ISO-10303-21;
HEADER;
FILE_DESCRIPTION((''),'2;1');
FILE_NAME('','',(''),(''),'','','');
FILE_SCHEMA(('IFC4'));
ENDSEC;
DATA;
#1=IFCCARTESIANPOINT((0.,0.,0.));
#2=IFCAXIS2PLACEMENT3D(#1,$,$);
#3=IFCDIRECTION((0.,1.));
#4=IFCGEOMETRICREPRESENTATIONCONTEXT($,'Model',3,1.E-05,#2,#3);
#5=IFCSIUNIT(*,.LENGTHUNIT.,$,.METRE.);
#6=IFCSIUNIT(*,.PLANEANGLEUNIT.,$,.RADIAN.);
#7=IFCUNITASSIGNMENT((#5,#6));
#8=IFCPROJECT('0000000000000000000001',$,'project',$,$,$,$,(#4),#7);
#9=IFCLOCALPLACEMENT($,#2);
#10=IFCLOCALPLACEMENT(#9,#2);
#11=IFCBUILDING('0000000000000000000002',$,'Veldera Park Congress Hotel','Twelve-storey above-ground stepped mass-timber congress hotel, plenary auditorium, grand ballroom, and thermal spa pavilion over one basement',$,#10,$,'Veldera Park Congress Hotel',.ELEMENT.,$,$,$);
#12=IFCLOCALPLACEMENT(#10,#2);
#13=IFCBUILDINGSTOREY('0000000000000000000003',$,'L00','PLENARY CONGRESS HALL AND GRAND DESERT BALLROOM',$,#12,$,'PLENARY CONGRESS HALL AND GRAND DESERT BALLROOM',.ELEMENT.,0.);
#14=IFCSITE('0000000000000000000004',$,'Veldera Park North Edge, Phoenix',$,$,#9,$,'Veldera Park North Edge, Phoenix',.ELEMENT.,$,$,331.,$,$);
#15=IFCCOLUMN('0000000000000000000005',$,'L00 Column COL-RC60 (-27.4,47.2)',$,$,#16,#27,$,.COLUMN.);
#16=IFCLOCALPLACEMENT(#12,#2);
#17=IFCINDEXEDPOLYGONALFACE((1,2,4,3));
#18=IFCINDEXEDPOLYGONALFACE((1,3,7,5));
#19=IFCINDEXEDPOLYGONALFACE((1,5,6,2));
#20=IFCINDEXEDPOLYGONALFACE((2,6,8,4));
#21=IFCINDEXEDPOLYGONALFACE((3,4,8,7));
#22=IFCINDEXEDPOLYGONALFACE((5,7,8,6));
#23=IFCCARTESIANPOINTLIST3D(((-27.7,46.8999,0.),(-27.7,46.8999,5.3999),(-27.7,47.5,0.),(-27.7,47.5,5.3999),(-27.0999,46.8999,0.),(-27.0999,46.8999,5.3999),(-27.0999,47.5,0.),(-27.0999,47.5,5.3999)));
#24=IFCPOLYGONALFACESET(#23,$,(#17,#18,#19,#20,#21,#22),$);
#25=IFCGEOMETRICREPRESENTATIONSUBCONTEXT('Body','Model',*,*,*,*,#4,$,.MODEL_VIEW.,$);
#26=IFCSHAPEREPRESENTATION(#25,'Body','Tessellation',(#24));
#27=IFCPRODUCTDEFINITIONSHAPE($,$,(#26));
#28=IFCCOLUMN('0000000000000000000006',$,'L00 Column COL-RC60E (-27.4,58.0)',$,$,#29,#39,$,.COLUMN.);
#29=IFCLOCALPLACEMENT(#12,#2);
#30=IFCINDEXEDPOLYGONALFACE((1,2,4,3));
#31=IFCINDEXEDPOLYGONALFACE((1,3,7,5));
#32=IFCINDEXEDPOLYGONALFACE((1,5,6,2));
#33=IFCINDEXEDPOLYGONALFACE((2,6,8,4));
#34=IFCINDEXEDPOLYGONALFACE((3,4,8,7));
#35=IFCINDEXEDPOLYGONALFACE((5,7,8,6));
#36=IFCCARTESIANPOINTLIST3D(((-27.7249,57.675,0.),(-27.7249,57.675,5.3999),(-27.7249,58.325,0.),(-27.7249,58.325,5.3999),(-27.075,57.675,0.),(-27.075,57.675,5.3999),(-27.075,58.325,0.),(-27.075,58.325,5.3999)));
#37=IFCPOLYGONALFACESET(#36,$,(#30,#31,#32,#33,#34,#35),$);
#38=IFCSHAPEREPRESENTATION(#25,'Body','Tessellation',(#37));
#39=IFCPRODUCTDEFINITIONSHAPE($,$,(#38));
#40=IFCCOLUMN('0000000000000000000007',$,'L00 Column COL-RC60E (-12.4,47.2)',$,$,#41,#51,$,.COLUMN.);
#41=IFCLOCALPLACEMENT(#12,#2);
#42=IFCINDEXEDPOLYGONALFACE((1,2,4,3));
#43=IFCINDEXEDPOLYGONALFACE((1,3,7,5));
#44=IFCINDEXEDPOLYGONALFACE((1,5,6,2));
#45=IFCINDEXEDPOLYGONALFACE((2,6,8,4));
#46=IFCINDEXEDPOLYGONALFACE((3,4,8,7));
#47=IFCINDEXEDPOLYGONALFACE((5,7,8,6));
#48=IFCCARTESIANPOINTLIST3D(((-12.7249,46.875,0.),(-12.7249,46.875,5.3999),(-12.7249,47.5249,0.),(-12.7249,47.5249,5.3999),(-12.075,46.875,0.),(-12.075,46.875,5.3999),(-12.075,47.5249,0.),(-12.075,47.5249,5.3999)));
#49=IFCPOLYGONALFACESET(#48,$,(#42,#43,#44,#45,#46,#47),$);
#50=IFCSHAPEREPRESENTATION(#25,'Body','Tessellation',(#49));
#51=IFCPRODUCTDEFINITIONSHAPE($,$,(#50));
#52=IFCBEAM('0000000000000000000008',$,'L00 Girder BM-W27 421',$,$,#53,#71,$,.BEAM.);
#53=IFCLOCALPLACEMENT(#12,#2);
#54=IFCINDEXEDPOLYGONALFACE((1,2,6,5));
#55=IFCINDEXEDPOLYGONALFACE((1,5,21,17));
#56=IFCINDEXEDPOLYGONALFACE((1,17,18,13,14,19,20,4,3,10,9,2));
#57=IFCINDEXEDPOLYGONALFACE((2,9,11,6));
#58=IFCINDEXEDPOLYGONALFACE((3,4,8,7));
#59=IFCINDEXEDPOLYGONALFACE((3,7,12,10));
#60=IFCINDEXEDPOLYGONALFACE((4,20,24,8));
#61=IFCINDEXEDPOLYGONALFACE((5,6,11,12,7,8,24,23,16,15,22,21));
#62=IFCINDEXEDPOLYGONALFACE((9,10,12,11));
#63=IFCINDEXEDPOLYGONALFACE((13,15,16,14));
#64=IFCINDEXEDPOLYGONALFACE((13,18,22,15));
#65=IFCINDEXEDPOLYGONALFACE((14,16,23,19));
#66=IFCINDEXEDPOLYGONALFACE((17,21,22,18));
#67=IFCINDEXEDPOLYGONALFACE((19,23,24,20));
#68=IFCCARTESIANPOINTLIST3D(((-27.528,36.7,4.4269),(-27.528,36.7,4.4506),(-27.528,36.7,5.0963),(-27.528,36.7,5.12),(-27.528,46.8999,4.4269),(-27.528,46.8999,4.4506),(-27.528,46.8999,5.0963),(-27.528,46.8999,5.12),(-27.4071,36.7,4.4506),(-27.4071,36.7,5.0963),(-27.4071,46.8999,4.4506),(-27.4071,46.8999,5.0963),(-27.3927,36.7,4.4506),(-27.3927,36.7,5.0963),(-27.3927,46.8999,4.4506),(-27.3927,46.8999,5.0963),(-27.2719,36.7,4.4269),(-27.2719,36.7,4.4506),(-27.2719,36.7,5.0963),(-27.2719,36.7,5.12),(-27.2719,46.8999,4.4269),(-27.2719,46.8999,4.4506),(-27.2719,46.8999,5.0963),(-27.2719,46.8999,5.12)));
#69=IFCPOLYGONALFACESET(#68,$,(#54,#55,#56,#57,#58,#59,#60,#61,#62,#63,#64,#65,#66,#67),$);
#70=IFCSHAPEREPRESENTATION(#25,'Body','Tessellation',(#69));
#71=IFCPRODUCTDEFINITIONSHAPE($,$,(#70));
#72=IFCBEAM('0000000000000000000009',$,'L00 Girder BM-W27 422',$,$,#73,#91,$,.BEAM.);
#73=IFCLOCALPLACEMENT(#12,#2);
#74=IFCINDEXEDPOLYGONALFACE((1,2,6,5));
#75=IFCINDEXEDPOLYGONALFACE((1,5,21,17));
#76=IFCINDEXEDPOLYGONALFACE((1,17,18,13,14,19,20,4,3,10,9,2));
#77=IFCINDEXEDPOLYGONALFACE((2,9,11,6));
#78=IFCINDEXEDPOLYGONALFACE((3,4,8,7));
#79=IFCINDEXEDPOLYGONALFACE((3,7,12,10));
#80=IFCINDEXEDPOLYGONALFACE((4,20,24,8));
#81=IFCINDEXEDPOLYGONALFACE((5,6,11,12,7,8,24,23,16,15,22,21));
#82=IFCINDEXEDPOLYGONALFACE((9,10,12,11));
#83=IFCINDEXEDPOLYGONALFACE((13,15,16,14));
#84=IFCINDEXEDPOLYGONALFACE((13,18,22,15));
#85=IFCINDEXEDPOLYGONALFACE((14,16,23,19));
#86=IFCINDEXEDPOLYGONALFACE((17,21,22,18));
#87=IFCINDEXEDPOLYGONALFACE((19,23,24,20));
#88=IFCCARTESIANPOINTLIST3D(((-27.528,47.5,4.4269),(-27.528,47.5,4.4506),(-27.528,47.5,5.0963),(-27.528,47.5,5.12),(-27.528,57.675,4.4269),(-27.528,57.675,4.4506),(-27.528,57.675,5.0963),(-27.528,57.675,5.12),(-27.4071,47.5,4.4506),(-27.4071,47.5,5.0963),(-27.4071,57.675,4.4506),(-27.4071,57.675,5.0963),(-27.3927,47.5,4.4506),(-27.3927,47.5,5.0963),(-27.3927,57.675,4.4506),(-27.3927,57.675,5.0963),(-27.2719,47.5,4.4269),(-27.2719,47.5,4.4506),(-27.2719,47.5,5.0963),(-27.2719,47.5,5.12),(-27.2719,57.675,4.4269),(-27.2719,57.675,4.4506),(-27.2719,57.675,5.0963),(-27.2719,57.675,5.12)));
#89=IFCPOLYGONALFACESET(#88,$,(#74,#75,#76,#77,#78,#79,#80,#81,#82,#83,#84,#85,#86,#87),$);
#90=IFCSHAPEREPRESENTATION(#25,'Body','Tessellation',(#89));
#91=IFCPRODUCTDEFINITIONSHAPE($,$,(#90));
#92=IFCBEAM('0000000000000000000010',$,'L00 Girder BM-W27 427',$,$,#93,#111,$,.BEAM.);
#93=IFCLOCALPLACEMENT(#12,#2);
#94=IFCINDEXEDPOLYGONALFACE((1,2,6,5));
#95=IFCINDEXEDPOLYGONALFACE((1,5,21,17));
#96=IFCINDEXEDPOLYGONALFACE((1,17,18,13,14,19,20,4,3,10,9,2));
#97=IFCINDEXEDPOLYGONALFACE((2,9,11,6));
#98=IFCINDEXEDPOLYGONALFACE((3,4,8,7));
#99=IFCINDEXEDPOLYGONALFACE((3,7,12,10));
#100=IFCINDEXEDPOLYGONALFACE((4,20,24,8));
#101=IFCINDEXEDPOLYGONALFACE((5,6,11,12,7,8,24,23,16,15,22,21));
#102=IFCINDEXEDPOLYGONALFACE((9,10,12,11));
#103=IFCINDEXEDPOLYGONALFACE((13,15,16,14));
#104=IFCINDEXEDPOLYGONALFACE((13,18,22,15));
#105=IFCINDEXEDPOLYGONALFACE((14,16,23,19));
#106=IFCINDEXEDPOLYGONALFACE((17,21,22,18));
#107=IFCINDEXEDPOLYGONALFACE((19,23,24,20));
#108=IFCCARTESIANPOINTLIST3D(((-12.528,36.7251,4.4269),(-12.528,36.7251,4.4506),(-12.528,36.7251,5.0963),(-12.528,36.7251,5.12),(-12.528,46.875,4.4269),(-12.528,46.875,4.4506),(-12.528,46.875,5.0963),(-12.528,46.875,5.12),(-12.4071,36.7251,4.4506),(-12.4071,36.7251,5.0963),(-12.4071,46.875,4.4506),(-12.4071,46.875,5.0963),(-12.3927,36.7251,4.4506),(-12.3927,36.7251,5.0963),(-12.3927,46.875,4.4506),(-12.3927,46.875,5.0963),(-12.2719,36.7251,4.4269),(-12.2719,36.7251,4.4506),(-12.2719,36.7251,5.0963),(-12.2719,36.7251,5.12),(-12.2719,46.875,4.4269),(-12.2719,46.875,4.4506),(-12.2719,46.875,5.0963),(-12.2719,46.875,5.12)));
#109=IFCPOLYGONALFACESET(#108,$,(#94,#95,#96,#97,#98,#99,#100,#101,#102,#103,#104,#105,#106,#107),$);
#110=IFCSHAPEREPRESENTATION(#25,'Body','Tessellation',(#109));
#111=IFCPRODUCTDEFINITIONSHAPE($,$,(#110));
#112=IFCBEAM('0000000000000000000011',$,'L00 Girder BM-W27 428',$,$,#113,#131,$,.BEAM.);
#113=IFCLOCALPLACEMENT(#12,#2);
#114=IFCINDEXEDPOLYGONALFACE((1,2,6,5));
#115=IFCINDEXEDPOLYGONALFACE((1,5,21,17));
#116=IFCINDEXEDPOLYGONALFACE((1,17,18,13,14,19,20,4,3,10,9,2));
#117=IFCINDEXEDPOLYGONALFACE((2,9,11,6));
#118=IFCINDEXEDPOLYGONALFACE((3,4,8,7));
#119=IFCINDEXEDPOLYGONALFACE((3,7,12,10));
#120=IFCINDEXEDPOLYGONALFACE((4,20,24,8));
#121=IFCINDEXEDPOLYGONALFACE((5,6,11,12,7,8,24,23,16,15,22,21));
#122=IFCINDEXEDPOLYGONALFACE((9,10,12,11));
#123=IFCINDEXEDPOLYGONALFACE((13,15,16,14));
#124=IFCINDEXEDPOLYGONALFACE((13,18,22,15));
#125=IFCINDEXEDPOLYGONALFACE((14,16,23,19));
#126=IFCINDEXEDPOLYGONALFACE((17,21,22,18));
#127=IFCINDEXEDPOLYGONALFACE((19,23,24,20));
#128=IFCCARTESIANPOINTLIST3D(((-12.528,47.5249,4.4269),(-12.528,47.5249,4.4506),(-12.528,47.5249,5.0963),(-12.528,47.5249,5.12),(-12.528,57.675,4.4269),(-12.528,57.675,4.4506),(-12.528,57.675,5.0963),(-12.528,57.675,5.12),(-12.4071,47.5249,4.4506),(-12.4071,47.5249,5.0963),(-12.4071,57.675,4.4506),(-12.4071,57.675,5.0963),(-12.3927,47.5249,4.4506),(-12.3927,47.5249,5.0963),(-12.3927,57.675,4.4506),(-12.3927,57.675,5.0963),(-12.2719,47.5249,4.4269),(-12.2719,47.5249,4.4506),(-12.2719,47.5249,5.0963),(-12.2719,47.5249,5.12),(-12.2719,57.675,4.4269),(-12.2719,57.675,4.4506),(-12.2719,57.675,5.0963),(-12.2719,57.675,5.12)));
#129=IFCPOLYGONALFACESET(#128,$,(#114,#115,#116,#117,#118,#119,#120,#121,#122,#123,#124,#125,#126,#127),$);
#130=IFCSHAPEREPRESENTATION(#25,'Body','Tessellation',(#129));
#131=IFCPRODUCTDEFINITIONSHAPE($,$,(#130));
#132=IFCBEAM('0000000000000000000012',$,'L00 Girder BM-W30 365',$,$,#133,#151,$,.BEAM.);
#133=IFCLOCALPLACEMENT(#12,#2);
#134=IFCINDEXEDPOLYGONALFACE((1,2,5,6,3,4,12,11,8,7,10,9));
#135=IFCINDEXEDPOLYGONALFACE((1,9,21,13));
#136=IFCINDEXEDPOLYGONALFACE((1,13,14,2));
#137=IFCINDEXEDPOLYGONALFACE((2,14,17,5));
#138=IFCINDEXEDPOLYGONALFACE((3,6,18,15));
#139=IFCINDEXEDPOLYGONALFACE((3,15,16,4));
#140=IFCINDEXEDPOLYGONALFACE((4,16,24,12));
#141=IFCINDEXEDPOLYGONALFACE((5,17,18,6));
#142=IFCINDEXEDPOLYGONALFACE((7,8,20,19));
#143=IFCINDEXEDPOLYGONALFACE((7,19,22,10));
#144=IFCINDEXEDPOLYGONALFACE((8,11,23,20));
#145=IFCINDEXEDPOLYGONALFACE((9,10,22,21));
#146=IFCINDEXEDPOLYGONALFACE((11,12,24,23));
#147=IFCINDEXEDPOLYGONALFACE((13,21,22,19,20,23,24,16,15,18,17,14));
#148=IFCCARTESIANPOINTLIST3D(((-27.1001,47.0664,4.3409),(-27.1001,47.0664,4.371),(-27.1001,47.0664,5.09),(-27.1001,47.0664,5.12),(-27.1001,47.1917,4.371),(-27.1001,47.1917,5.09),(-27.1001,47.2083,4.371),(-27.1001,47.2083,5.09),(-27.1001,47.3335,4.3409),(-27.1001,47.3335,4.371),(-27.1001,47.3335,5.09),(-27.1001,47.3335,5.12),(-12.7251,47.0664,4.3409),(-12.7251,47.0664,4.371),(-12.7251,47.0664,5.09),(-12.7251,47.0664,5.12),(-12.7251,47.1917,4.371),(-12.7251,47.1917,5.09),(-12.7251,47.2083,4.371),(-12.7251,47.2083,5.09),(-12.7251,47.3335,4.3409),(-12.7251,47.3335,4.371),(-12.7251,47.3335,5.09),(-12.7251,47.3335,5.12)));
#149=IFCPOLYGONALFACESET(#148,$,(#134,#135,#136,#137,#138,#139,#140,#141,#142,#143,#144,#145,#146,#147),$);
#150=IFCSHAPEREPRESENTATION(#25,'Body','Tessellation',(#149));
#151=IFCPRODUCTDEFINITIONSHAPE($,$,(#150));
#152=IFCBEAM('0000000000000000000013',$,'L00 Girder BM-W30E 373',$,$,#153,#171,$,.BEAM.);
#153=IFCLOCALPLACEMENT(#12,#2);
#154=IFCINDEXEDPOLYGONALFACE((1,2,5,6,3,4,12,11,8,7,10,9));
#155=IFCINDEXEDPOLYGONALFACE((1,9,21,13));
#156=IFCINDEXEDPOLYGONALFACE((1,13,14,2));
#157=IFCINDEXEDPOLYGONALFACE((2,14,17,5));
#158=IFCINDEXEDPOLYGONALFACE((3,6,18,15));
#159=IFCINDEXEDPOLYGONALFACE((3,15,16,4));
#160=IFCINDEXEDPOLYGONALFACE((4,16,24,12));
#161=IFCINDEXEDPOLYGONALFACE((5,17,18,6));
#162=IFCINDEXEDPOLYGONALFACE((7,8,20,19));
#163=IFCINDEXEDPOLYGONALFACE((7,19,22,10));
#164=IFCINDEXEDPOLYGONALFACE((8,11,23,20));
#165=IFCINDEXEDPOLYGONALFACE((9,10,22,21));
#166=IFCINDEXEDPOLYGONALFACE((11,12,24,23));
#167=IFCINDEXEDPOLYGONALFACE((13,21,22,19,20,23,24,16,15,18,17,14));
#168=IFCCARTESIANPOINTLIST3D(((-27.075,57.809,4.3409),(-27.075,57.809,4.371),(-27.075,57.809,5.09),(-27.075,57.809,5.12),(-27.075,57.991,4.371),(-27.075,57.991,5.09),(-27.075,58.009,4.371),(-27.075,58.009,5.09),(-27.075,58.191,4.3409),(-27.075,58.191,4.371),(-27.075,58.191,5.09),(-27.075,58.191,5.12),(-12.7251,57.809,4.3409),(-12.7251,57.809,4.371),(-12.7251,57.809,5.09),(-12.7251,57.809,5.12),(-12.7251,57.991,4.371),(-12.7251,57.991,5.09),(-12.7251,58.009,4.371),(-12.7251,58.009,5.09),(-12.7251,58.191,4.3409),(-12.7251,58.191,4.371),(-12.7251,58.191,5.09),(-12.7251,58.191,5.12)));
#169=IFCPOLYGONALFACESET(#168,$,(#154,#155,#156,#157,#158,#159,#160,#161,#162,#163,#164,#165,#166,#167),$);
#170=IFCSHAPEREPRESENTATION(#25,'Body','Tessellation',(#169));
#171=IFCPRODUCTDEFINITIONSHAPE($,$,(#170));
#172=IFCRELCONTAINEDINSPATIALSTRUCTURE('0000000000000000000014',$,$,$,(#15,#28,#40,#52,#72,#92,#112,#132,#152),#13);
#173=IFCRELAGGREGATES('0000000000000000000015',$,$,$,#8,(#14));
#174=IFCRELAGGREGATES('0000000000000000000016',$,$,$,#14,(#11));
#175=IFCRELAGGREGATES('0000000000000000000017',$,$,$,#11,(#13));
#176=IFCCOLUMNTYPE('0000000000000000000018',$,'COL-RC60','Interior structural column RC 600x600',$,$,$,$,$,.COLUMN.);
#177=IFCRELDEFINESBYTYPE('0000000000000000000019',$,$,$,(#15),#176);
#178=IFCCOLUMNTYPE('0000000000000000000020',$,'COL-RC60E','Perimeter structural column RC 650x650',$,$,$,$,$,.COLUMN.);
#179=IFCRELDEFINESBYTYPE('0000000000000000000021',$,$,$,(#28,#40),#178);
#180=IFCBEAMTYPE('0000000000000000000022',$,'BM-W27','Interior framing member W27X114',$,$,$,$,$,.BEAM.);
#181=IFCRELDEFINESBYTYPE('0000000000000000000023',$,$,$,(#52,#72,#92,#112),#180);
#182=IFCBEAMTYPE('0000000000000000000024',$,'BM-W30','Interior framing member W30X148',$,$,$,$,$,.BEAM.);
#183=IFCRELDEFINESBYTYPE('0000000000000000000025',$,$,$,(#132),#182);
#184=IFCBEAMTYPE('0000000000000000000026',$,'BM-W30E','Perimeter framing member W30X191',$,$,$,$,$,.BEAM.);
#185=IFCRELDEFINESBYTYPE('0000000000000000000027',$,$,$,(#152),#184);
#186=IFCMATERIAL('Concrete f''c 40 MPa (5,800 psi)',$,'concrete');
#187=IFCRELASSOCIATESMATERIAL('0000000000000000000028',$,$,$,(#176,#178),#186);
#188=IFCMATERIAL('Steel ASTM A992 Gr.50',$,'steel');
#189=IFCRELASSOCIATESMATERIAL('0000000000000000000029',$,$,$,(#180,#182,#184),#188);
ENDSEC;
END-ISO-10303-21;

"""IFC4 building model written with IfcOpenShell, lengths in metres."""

from ifc_helpers import new_model, si_unit, direction, frame, origin, origin_2d, place, context, subcontext, project, spatial, rectangle, i_section, extrude, material, material_profile, profile_set, type_object, element, save


model = new_model("IFC4")

# Units and contexts
model_context = context("Model", 3, precision=1e-05, world=origin(), true_north=direction((0.0, 1.0)))
body_context = subcontext(model_context, "Body", "Model", "MODEL_VIEW")
ifc_project = project(units=[si_unit("LENGTHUNIT", "METRE"), si_unit("PLANEANGLEUNIT", "RADIAN")], contexts=[model_context])

# Site, building, storey
site_placement = place(None, origin())
site = spatial("IfcSite", under=ifc_project, at=site_placement, Name="Veldera Park North Edge, Phoenix", LongName="Veldera Park North Edge, Phoenix", CompositionType="ELEMENT", RefElevation=331.0)
building_placement = place(site_placement, origin())
building = spatial("IfcBuilding", under=site, at=building_placement, Name="Veldera Park Congress Hotel", Description="Twelve-storey above-ground stepped mass-timber congress hotel, plenary auditorium, grand ballroom, and thermal spa pavilion over one basement", LongName="Veldera Park Congress Hotel", CompositionType="ELEMENT")
storey_placement = place(building_placement, origin())
storey = spatial("IfcBuildingStorey", under=building, at=storey_placement, Name="L00", Description="PLENARY CONGRESS HALL AND GRAND DESERT BALLROOM", LongName="PLENARY CONGRESS HALL AND GRAND DESERT BALLROOM", CompositionType="ELEMENT", Elevation=0.0)

# Columns
ifc_material_1 = material(Name="Concrete f'c 40 MPa (5,800 psi)", Category="concrete")
ifc_material_profile_1 = material_profile(ifc_material_1, rectangle(XDim=0.6001, YDim=0.6001, at=origin_2d()), Name="RC 600x600")
ifc_profile_set_1 = profile_set([ifc_material_profile_1], Name="Concrete f'c 40 MPa (5,800 psi)")
column_type_1 = type_object("IfcColumnType", Name="COL-RC60", Description="Interior structural column RC 600x600", PredefinedType="COLUMN", material=ifc_profile_set_1)
column_placement = place(storey_placement, frame((-27.3999, 47.2, 0.0), z_axis=(0.0, 0.0, 1.0), x_axis=(1.0, 0.0, 0.0)))
element("IfcColumn", 1, at=column_placement, inside=storey, type_object=column_type_1, Name="L00 Column COL-RC60 (-27.4,47.2)", PredefinedType="COLUMN", context=body_context, shape_type="SweptSolid", body=[
    extrude(rectangle(XDim=0.6001, YDim=0.6001, at=origin_2d()), origin(), (0.0, 0.0, 1.0), 5.3999),
])
ifc_material_profile_2 = material_profile(ifc_material_1, rectangle(XDim=0.6499, YDim=0.6499, at=origin_2d()), Name="RC 650x650")
ifc_profile_set_2 = profile_set([ifc_material_profile_2], Name="Concrete f'c 40 MPa (5,800 psi)")
column_type_2 = type_object("IfcColumnType", Name="COL-RC60E", Description="Perimeter structural column RC 650x650", PredefinedType="COLUMN", material=ifc_profile_set_2)
for number, where, z_axis, x_axis, name in (
    (2, (-27.3999, 58.0, 0.0), (0.0, 0.0, 1.0), (1.0, 0.0, 0.0), "L00 Column COL-RC60E (-27.4,58.0)"),
    (3, (-12.3999, 47.2, 0.0), (0.0, 0.0, 1.0), (1.0, 0.0, 0.0), "L00 Column COL-RC60E (-12.4,47.2)"),
):
    element("IfcColumn", number, at=place(storey_placement, frame(where, z_axis=z_axis, x_axis=x_axis)), inside=storey, type_object=column_type_2, Name=name, PredefinedType="COLUMN", context=body_context, shape_type="SweptSolid", body=[
        extrude(rectangle(XDim=0.6499, YDim=0.6499, at=origin_2d()), origin(), (0.0, 0.0, 1.0), 5.3999),
    ])

# Beams
ifc_material_2 = material(Name="Steel ASTM A992 Gr.50", Category="steel")
ifc_material_profile_3 = material_profile(ifc_material_2, i_section(OverallWidth=0.2561, OverallDepth=0.6931, WebThickness=0.0144, FlangeThickness=0.0237, at=origin_2d()), Name="W27X114")
ifc_profile_set_3 = profile_set([ifc_material_profile_3], Name="Steel ASTM A992 Gr.50")
beam_type_1 = type_object("IfcBeamType", Name="BM-W27", Description="Interior framing member W27X114", PredefinedType="BEAM", material=ifc_profile_set_3)
beam_1_placement = place(storey_placement, frame((-27.3999, 36.7, 4.7734), z_axis=(0.0, 1.0, 0.0), x_axis=(-1.0, 0.0, 0.0)))
element("IfcBeam", 4, at=beam_1_placement, inside=storey, type_object=beam_type_1, Name="L00 Girder BM-W27 421", PredefinedType="BEAM", context=body_context, shape_type="SweptSolid", body=[
    extrude(i_section(OverallWidth=0.2561, OverallDepth=0.6931, WebThickness=0.0144, FlangeThickness=0.0237, at=origin_2d()), origin(), (0.0, 0.0, 1.0), 10.2),
])
beam_2_placement = place(storey_placement, frame((-27.3999, 47.5, 4.7734), z_axis=(0.0, 1.0, 0.0), x_axis=(-1.0, 0.0, 0.0)))
element("IfcBeam", 5, at=beam_2_placement, inside=storey, type_object=beam_type_1, Name="L00 Girder BM-W27 422", PredefinedType="BEAM", context=body_context, shape_type="SweptSolid", body=[
    extrude(i_section(OverallWidth=0.2561, OverallDepth=0.6931, WebThickness=0.0144, FlangeThickness=0.0237, at=origin_2d()), origin(), (0.0, 0.0, 1.0), 10.175),
])
beam_3_placement = place(storey_placement, frame((-12.3999, 36.7251, 4.7734), z_axis=(0.0, 1.0, 0.0), x_axis=(-1.0, 0.0, 0.0)))
element("IfcBeam", 6, at=beam_3_placement, inside=storey, type_object=beam_type_1, Name="L00 Girder BM-W27 427", PredefinedType="BEAM", context=body_context, shape_type="SweptSolid", body=[
    extrude(i_section(OverallWidth=0.2561, OverallDepth=0.6931, WebThickness=0.0144, FlangeThickness=0.0237, at=origin_2d()), origin(), (0.0, 0.0, 1.0), 10.1499),
])
beam_4_placement = place(storey_placement, frame((-12.3999, 47.5249, 4.7734), z_axis=(0.0, 1.0, 0.0), x_axis=(-1.0, 0.0, 0.0)))
element("IfcBeam", 7, at=beam_4_placement, inside=storey, type_object=beam_type_1, Name="L00 Girder BM-W27 428", PredefinedType="BEAM", context=body_context, shape_type="SweptSolid", body=[
    extrude(i_section(OverallWidth=0.2561, OverallDepth=0.6931, WebThickness=0.0144, FlangeThickness=0.0237, at=origin_2d()), origin(), (0.0, 0.0, 1.0), 10.1501),
])
ifc_material_profile_4 = material_profile(ifc_material_2, i_section(OverallWidth=0.2671, OverallDepth=0.7791, WebThickness=0.0166, FlangeThickness=0.03, at=origin_2d()), Name="W30X148")
ifc_profile_set_4 = profile_set([ifc_material_profile_4], Name="Steel ASTM A992 Gr.50")
beam_type_2 = type_object("IfcBeamType", Name="BM-W30", Description="Interior framing member W30X148", PredefinedType="BEAM", material=ifc_profile_set_4)
beam_5_placement = place(storey_placement, frame((-27.1001, 47.2, 4.7305), z_axis=(1.0, 0.0, 0.0), x_axis=(0.0, 1.0, 0.0)))
element("IfcBeam", 8, at=beam_5_placement, inside=storey, type_object=beam_type_2, Name="L00 Girder BM-W30 365", PredefinedType="BEAM", context=body_context, shape_type="SweptSolid", body=[
    extrude(i_section(OverallWidth=0.2671, OverallDepth=0.7791, WebThickness=0.0166, FlangeThickness=0.03, at=origin_2d()), origin(), (0.0, 0.0, 1.0), 14.375),
])
ifc_material_profile_5 = material_profile(ifc_material_2, i_section(OverallWidth=0.3821, OverallDepth=0.7791, WebThickness=0.0181, FlangeThickness=0.03, at=origin_2d()), Name="W30X191")
ifc_profile_set_5 = profile_set([ifc_material_profile_5], Name="Steel ASTM A992 Gr.50")
beam_type_3 = type_object("IfcBeamType", Name="BM-W30E", Description="Perimeter framing member W30X191", PredefinedType="BEAM", material=ifc_profile_set_5)
beam_6_placement = place(storey_placement, frame((-27.075, 58.0, 4.7305), z_axis=(1.0, 0.0, 0.0), x_axis=(0.0, 1.0, 0.0)))
element("IfcBeam", 9, at=beam_6_placement, inside=storey, type_object=beam_type_3, Name="L00 Girder BM-W30E 373", PredefinedType="BEAM", context=body_context, shape_type="SweptSolid", body=[
    extrude(i_section(OverallWidth=0.3821, OverallDepth=0.7791, WebThickness=0.0181, FlangeThickness=0.03, at=origin_2d()), origin(), (0.0, 0.0, 1.0), 14.3499),
])

save(model, "model.ifc")
